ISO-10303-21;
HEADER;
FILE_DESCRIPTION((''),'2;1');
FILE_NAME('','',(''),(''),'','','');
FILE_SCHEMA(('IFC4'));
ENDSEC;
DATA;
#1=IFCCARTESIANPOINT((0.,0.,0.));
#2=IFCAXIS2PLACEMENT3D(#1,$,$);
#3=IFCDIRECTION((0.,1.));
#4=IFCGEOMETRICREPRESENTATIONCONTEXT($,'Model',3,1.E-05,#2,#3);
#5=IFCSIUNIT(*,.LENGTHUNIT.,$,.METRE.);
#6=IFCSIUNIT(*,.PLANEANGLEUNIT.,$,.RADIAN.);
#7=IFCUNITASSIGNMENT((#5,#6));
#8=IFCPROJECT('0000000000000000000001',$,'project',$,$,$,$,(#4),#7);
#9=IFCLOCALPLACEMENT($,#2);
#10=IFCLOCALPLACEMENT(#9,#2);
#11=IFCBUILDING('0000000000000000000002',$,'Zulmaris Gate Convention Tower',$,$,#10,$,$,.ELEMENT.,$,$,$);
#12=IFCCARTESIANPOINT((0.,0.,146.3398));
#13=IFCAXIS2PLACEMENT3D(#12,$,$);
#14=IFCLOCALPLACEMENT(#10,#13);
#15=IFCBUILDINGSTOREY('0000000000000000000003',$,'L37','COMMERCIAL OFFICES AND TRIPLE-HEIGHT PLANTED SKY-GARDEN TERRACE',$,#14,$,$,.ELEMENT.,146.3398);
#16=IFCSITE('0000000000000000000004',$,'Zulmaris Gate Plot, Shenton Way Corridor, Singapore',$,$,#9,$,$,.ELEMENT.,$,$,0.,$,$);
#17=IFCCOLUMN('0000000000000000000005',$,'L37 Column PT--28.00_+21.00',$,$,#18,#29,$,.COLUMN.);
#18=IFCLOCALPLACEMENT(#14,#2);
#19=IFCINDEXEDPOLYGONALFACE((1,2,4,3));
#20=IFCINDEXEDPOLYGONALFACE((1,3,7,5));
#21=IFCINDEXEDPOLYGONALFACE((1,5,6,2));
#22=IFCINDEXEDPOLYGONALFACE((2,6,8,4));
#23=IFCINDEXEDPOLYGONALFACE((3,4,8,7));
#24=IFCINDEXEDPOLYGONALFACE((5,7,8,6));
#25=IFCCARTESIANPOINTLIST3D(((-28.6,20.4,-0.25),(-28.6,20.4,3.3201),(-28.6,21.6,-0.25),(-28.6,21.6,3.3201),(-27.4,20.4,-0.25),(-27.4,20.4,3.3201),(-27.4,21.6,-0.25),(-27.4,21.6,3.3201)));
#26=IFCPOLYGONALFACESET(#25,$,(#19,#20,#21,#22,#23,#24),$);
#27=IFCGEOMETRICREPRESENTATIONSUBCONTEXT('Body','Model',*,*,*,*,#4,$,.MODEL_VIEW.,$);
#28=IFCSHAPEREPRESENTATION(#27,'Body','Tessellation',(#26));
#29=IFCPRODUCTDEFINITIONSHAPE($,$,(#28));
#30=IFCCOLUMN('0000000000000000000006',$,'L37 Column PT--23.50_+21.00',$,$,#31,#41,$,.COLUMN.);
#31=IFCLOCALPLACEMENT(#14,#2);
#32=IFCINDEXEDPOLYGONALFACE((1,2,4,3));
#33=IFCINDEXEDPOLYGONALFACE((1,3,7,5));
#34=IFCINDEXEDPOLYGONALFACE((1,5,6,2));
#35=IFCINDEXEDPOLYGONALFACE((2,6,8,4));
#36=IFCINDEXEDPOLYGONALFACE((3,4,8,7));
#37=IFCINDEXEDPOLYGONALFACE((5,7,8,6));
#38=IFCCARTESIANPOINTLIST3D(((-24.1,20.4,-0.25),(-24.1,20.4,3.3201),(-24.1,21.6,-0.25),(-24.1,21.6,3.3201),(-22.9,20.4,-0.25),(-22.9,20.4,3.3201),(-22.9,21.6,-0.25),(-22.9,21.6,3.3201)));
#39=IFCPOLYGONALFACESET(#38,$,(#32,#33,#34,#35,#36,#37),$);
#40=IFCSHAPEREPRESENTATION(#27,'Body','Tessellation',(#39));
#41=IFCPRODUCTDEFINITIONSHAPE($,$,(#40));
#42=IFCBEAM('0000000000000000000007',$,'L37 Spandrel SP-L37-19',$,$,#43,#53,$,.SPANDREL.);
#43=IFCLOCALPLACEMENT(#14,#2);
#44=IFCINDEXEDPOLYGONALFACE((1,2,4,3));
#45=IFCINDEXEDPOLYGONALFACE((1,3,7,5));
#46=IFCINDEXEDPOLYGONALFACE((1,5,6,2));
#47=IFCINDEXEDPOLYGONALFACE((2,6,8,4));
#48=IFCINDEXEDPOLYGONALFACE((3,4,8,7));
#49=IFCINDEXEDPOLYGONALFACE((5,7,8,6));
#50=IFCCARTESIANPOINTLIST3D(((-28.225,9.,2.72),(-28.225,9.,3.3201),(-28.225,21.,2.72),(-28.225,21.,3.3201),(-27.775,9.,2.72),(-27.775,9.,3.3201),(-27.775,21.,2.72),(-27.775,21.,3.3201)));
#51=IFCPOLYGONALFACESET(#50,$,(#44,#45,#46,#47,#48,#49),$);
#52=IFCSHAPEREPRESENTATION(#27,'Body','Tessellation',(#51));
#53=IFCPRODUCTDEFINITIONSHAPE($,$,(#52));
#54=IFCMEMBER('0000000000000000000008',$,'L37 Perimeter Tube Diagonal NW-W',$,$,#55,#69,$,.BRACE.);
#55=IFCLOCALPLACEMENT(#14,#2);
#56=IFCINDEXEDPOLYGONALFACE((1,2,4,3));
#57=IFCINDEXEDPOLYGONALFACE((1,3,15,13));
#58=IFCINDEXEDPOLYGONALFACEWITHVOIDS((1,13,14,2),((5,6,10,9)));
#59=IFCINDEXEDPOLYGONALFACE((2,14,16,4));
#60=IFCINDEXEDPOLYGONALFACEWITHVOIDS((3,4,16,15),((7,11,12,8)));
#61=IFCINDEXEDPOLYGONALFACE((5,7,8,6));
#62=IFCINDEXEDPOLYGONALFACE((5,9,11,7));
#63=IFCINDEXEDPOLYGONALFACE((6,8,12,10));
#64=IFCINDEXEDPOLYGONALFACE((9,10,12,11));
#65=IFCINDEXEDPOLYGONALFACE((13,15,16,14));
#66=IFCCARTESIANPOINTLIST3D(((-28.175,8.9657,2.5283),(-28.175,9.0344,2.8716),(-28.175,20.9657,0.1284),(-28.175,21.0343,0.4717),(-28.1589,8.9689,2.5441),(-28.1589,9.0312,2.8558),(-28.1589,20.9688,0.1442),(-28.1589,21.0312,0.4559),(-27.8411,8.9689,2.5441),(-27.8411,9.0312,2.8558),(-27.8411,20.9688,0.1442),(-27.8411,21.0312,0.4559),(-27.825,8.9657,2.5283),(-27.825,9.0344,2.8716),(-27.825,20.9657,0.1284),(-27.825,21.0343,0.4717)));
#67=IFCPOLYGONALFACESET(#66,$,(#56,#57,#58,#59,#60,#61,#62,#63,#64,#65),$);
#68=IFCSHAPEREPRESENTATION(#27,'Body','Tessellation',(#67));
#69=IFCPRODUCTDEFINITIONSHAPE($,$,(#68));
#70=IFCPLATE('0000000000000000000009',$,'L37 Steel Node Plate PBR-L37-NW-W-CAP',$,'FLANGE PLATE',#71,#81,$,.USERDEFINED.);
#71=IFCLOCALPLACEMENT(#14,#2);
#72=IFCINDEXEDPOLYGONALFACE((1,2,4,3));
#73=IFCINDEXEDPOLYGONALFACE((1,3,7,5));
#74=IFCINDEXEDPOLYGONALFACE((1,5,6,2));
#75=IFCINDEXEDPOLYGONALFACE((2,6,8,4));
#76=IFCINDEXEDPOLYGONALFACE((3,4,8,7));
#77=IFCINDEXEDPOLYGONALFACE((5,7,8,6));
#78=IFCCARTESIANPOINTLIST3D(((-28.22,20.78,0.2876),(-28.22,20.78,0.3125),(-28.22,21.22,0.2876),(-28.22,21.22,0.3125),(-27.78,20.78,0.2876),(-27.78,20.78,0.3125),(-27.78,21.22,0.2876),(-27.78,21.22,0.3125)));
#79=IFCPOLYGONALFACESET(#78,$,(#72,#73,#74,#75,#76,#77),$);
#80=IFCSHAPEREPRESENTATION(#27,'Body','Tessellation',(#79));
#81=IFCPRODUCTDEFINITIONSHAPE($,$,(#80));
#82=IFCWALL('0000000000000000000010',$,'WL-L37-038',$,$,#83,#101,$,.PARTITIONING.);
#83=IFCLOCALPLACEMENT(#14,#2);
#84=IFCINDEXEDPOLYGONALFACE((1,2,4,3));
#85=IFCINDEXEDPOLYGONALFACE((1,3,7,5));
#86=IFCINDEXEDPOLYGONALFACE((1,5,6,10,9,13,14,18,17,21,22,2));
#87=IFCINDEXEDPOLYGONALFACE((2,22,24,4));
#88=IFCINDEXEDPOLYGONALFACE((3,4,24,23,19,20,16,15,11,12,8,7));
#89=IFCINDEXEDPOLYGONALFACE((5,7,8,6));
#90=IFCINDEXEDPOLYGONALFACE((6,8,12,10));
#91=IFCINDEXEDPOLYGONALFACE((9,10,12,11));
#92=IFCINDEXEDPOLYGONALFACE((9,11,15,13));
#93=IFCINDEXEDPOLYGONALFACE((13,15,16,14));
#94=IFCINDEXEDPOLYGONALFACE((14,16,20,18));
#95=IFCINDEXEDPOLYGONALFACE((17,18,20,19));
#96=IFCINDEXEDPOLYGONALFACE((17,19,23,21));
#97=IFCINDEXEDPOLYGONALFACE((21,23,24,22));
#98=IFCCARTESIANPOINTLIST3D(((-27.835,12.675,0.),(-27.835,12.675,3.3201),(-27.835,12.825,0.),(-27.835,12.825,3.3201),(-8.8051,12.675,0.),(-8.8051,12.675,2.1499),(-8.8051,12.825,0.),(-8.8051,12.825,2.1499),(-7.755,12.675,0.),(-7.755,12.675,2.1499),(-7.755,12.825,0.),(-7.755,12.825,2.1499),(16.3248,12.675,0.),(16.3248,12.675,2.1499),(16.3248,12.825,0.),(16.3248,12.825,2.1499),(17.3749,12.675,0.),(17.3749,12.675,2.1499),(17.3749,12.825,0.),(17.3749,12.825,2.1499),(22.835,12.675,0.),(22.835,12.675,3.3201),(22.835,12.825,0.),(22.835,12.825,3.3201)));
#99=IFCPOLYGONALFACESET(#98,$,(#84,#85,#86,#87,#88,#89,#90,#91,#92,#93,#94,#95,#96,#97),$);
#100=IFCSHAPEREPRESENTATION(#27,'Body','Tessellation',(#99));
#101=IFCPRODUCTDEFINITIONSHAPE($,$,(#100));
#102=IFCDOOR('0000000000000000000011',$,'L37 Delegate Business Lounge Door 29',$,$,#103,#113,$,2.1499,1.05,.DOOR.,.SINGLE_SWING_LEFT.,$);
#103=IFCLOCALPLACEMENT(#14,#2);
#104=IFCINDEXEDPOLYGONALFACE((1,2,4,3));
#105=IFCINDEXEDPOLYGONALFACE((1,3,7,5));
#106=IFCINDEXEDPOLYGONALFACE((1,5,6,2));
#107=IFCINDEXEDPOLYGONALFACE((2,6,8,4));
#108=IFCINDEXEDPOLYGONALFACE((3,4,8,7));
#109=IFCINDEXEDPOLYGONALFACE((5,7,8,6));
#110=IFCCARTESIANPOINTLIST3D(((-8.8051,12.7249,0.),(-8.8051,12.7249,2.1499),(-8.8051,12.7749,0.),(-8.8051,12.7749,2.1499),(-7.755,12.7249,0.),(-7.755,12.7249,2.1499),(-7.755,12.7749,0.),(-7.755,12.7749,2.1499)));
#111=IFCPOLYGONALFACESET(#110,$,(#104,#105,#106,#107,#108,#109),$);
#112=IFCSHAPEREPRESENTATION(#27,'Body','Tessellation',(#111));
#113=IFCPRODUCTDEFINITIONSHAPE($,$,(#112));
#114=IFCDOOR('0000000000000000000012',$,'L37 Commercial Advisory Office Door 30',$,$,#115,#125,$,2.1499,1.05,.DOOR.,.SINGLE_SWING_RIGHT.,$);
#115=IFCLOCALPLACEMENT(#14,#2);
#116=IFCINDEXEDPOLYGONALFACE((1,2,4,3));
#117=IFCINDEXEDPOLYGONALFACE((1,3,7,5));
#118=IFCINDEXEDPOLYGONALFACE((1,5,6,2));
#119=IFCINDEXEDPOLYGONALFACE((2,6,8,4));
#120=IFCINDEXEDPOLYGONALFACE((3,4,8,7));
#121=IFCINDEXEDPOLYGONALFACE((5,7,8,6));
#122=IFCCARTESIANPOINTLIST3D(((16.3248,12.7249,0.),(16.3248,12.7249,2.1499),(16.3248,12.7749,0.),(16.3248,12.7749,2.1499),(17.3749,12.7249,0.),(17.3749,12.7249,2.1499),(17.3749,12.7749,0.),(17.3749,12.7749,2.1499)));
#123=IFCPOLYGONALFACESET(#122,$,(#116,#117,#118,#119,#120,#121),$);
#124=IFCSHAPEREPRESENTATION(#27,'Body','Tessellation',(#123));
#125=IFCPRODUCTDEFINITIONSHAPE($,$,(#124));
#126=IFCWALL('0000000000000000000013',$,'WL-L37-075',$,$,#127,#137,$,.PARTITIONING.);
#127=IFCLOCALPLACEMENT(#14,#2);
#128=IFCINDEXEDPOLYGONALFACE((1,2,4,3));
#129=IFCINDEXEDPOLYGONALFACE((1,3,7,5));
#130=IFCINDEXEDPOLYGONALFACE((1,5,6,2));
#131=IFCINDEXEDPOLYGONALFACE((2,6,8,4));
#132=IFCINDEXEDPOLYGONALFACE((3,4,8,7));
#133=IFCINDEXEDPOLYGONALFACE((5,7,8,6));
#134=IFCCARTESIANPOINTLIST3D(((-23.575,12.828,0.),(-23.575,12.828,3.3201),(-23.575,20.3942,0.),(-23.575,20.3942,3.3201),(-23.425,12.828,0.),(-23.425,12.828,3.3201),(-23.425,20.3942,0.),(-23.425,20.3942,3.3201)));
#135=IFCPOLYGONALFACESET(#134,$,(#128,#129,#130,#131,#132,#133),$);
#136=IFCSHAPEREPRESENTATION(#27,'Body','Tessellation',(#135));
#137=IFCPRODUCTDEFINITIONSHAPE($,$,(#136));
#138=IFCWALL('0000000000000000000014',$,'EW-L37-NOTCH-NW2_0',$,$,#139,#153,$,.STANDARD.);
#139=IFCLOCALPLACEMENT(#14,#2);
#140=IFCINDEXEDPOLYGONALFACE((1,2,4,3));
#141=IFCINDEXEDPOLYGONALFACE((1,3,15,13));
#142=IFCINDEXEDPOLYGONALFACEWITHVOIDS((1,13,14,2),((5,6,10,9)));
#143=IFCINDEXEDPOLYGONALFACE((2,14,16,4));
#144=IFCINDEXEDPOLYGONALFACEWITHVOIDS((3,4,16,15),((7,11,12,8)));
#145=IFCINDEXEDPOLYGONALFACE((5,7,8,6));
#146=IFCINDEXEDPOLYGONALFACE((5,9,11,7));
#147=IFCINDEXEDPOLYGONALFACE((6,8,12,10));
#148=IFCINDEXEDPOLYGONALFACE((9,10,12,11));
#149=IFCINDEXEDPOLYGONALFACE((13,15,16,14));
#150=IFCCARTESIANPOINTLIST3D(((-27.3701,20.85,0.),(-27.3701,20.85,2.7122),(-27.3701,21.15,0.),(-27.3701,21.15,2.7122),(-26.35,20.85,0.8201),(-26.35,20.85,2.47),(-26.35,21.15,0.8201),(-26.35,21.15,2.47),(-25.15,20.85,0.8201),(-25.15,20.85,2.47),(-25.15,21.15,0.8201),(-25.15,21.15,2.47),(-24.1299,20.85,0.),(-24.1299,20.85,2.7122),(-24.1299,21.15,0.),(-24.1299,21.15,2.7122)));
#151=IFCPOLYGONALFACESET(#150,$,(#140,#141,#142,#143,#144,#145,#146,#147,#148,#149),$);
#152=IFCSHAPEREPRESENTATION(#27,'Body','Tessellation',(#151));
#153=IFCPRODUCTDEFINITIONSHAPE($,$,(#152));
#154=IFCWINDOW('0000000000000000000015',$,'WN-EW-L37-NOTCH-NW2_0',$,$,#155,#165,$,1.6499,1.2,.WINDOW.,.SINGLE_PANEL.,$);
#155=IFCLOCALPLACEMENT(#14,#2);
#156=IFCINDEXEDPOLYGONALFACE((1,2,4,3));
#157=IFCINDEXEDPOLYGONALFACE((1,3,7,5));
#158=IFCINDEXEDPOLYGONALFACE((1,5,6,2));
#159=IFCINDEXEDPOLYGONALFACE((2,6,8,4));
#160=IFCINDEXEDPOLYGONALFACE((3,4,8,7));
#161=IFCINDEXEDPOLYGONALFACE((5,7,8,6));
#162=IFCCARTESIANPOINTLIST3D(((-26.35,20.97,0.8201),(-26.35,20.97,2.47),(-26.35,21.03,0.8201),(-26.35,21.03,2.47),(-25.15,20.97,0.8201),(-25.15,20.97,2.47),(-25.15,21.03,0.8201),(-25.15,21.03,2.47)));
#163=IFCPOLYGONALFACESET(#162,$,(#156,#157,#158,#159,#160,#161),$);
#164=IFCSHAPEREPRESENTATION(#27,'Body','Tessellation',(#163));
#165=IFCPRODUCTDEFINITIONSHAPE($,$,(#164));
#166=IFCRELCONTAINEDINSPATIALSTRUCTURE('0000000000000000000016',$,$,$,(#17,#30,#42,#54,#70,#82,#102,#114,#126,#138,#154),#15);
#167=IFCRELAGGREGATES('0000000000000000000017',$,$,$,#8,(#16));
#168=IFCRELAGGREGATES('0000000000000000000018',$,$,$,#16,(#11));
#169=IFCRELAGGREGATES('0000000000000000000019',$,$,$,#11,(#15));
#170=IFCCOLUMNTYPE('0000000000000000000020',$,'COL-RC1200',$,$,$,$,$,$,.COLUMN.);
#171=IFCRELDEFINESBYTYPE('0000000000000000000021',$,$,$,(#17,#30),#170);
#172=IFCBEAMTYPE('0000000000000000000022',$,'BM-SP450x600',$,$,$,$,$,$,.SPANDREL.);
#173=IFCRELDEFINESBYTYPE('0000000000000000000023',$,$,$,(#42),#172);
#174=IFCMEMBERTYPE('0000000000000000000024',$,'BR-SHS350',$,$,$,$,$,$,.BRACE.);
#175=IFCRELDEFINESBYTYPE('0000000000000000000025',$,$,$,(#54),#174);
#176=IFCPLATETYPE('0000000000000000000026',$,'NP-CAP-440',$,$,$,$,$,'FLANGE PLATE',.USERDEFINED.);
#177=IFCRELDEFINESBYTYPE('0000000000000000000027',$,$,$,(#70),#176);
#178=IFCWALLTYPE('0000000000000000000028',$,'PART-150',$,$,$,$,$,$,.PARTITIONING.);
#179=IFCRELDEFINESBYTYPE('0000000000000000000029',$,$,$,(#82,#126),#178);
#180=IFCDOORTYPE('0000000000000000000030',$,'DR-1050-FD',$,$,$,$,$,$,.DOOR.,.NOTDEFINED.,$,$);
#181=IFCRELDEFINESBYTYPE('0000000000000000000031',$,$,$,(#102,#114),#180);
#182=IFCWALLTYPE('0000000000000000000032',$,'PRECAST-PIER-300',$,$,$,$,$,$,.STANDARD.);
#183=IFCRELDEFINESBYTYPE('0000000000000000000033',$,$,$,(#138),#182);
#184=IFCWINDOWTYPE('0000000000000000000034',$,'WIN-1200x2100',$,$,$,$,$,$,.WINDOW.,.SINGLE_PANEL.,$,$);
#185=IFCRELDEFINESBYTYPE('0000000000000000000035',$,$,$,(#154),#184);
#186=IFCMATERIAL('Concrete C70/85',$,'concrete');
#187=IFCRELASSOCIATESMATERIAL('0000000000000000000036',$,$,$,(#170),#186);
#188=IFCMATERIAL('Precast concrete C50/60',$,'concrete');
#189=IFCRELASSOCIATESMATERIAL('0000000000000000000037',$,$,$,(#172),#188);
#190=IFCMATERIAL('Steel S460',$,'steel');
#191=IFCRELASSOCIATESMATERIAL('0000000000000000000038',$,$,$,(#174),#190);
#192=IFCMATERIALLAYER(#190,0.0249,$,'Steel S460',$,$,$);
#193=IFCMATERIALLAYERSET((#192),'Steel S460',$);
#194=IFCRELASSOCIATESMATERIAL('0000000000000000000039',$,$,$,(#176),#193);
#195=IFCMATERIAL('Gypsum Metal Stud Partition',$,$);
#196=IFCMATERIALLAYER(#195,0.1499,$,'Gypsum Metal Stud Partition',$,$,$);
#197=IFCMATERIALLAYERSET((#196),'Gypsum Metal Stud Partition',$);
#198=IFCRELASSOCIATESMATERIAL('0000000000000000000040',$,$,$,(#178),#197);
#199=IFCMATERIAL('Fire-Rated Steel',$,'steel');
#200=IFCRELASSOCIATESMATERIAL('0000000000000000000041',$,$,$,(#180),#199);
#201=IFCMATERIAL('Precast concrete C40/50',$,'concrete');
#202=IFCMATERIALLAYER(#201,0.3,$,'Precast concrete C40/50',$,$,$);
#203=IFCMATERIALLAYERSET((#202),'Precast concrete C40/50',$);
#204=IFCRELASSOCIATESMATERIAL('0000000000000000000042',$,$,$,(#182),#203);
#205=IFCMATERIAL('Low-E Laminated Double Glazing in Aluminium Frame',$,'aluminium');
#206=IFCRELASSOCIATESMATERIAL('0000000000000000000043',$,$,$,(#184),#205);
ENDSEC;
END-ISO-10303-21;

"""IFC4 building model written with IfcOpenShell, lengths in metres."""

from ifc_helpers import new_model, si_unit, direction, frame, frame_2d, origin, origin_2d, place, context, subcontext, project, spatial, rectangle, hollow_rectangle, extrude, material, layer, layer_set, material_profile, profile_set, type_object, element, fill, save


model = new_model("IFC4")

# Units and contexts
model_context = context("Model", 3, precision=1e-05, world=origin(), true_north=direction((0.0, 1.0)))
body_context = subcontext(model_context, "Body", "Model", "MODEL_VIEW")
ifc_project = project(units=[si_unit("LENGTHUNIT", "METRE"), si_unit("PLANEANGLEUNIT", "RADIAN")], contexts=[model_context])

# Site, building, storey
site_placement = place(None, origin())
site = spatial("IfcSite", under=ifc_project, at=site_placement, Name="Zulmaris Gate Plot, Shenton Way Corridor, Singapore", CompositionType="ELEMENT", RefElevation=0.0)
building_placement = place(site_placement, origin())
building = spatial("IfcBuilding", under=site, at=building_placement, Name="Zulmaris Gate Convention Tower", CompositionType="ELEMENT")
storey_placement = place(building_placement, frame((0.0, 0.0, 146.3398)))
storey = spatial("IfcBuildingStorey", under=building, at=storey_placement, Name="L37", Description="COMMERCIAL OFFICES AND TRIPLE-HEIGHT PLANTED SKY-GARDEN TERRACE", CompositionType="ELEMENT", Elevation=146.3398)

# Columns
ifc_material_1 = material(Name="Concrete C70/85", Category="concrete")
ifc_material_profile_1 = material_profile(ifc_material_1, rectangle(XDim=1.2, YDim=1.2, at=origin_2d()), Name="RC COL 1200x1200")
ifc_profile_set_1 = profile_set([ifc_material_profile_1], Name="Concrete C70/85")
column_type = type_object("IfcColumnType", Name="COL-RC1200", PredefinedType="COLUMN", material=ifc_profile_set_1)
for number, where, z_axis, x_axis, name in (
    (1, (-28.0, 21.0, -0.25), (0.0, 0.0, 1.0), (1.0, 0.0, 0.0), "L37 Column PT--28.00_+21.00"),
    (2, (-23.5, 21.0, -0.25), (0.0, 0.0, 1.0), (1.0, 0.0, 0.0), "L37 Column PT--23.50_+21.00"),
):
    element("IfcColumn", number, at=place(storey_placement, frame(where, z_axis=z_axis, x_axis=x_axis)), inside=storey, type_object=column_type, Name=name, PredefinedType="COLUMN", context=body_context, shape_type="SweptSolid", body=[
        extrude(rectangle(XDim=1.2, YDim=1.2, at=origin_2d()), origin(), (0.0, 0.0, 1.0), 3.5701),
    ])

# Beam
ifc_material_2 = material(Name="Precast concrete C50/60", Category="concrete")
ifc_material_profile_2 = material_profile(ifc_material_2, rectangle(XDim=0.45, YDim=0.6001, at=origin_2d()), Name="RC SPANDREL 450x600")
ifc_profile_set_2 = profile_set([ifc_material_profile_2], Name="Precast concrete C50/60")
beam_type = type_object("IfcBeamType", Name="BM-SP450x600", PredefinedType="SPANDREL", material=ifc_profile_set_2)
beam_placement = place(storey_placement, frame((-28.0, 21.0, 3.02), z_axis=(0.0, -1.0, 0.0), x_axis=(1.0, 0.0, 0.0)))
element("IfcBeam", 3, at=beam_placement, inside=storey, type_object=beam_type, Name="L37 Spandrel SP-L37-19", PredefinedType="SPANDREL", context=body_context, shape_type="SweptSolid", body=[
    extrude(rectangle(XDim=0.45, YDim=0.6001, at=origin_2d()), origin(), (0.0, 0.0, 1.0), 12.0),
])

# Member
ifc_material_3 = material(Name="Steel S460", Category="steel")
ifc_material_profile_3 = material_profile(ifc_material_3, hollow_rectangle(XDim=0.3501, YDim=0.3501, WallThickness=0.0161, at=origin_2d()), Name="SHS 350x350x16")
ifc_profile_set_3 = profile_set([ifc_material_profile_3], Name="Steel S460")
member_type = type_object("IfcMemberType", Name="BR-SHS350", PredefinedType="BRACE", material=ifc_profile_set_3)
member_placement = place(storey_placement, frame((-28.0, 21.0, 0.3), z_axis=(0.0, -0.980582, 0.196108), x_axis=(1.0, 0.0, 0.0)))
element("IfcMember", 4, at=member_placement, inside=storey, type_object=member_type, Name="L37 Perimeter Tube Diagonal NW-W", PredefinedType="BRACE", context=body_context, shape_type="SweptSolid", body=[
    extrude(hollow_rectangle(XDim=0.3501, YDim=0.3501, WallThickness=0.0161, at=origin_2d()), origin(), (0.0, 0.0, 1.0), 12.2375),
])

# Plate
ifc_layer_1 = layer(ifc_material_3, 0.0249, Name="Steel S460")
ifc_layer_set_1 = layer_set([ifc_layer_1], Name="Steel S460")
plate_type = type_object("IfcPlateType", Name="NP-CAP-440", ElementType="FLANGE PLATE", PredefinedType="USERDEFINED", material=ifc_layer_set_1)
plate_placement = place(storey_placement, frame((-28.0, 21.0, 0.2876), z_axis=(0.0, 0.0, 1.0), x_axis=(1.0, 0.0, 0.0)))
element("IfcPlate", 5, at=plate_placement, inside=storey, type_object=plate_type, Name="L37 Steel Node Plate PBR-L37-NW-W-CAP", ObjectType="FLANGE PLATE", PredefinedType="USERDEFINED", context=body_context, shape_type="SweptSolid", body=[
    extrude(rectangle(XDim=0.4399, YDim=0.4399, at=origin_2d()), origin(), (0.0, 0.0, 1.0), 0.0249),
])

# Wall, openings, doors
ifc_material_4 = material(Name="Gypsum Metal Stud Partition")
ifc_layer_2 = layer(ifc_material_4, 0.1499, Name="Gypsum Metal Stud Partition")
ifc_layer_set_2 = layer_set([ifc_layer_2], Name="Gypsum Metal Stud Partition")
wall_type_1 = type_object("IfcWallType", Name="PART-150", PredefinedType="PARTITIONING", material=ifc_layer_set_2)
wall_1_placement = place(storey_placement, frame((-27.835, 12.75, 0.0), z_axis=(0.0, 0.0, 1.0), x_axis=(1.0, 0.0, 0.0)))
wall_1 = element("IfcWall", 6, at=wall_1_placement, inside=storey, type_object=wall_type_1, Name="WL-L37-038", PredefinedType="PARTITIONING", context=body_context, shape_type="SweptSolid", body=[
    extrude(rectangle(XDim=50.6699, YDim=0.1499, at=frame_2d((25.335, 0.0))), origin(), (0.0, 0.0, 1.0), 3.3201),
])
opening_1_placement = place(wall_1_placement, frame((19.03, 0.0, 0.0)))
opening_1 = element("IfcOpeningElement", 7, at=opening_1_placement, cuts=wall_1, PredefinedType="OPENING", context=body_context, shape_type="SweptSolid", body=[
    extrude(rectangle(XDim=1.05, YDim=2.1499, at=frame_2d((0.5249, 1.075))), frame((0.0, 0.085, 0.0), z_axis=(0.0, -1.0, 0.0), x_axis=(1.0, 0.0, 0.0)), (0.0, 0.0, 1.0), 0.1699),
])
opening_2_placement = place(wall_1_placement, frame((44.1599, 0.0, 0.0)))
opening_2 = element("IfcOpeningElement", 8, at=opening_2_placement, cuts=wall_1, PredefinedType="OPENING", context=body_context, shape_type="SweptSolid", body=[
    extrude(rectangle(XDim=1.05, YDim=2.1499, at=frame_2d((0.5249, 1.075))), frame((0.0, 0.085, 0.0), z_axis=(0.0, -1.0, 0.0), x_axis=(1.0, 0.0, 0.0)), (0.0, 0.0, 1.0), 0.1699),
])
ifc_material_5 = material(Name="Fire-Rated Steel", Category="steel")
door_type = type_object("IfcDoorType", Name="DR-1050-FD", OperationType="NOTDEFINED", PredefinedType="DOOR", material=ifc_material_5)
door_1_placement = place(opening_1_placement, origin())
door_1 = element("IfcDoor", 9, at=door_1_placement, inside=storey, type_object=door_type, Name="L37 Delegate Business Lounge Door 29", OperationType="SINGLE_SWING_LEFT", OverallHeight=2.1499, OverallWidth=1.05, PredefinedType="DOOR", context=body_context, shape_type="SweptSolid", body=[
    extrude(rectangle(XDim=1.05, YDim=2.1499, at=frame_2d((0.5249, 1.075))), frame((0.0, 0.0249, 0.0), z_axis=(0.0, -1.0, 0.0), x_axis=(1.0, 0.0, 0.0)), (0.0, 0.0, 1.0), 0.05),
])
fill(opening_1, door_1)
door_2_placement = place(opening_2_placement, origin())
door_2 = element("IfcDoor", 10, at=door_2_placement, inside=storey, type_object=door_type, Name="L37 Commercial Advisory Office Door 30", OperationType="SINGLE_SWING_RIGHT", OverallHeight=2.1499, OverallWidth=1.05, PredefinedType="DOOR", context=body_context, shape_type="SweptSolid", body=[
    extrude(rectangle(XDim=1.05, YDim=2.1499, at=frame_2d((0.5249, 1.075))), frame((0.0, 0.0249, 0.0), z_axis=(0.0, -1.0, 0.0), x_axis=(1.0, 0.0, 0.0)), (0.0, 0.0, 1.0), 0.05),
])
fill(opening_2, door_2)

# Wall
wall_2_placement = place(storey_placement, frame((-23.5, 12.8279, 0.0), z_axis=(0.0, 0.0, 1.0), x_axis=(0.0, 1.0, 0.0)))
element("IfcWall", 11, at=wall_2_placement, inside=storey, type_object=wall_type_1, Name="WL-L37-075", PredefinedType="PARTITIONING", context=body_context, shape_type="SweptSolid", body=[
    extrude(rectangle(XDim=7.5662, YDim=0.1499, at=frame_2d((3.7832, 0.0))), origin(), (0.0, 0.0, 1.0), 3.3201),
])

# Wall, opening, window
ifc_material_6 = material(Name="Precast concrete C40/50", Category="concrete")
ifc_layer_3 = layer(ifc_material_6, 0.3, Name="Precast concrete C40/50")
ifc_layer_set_3 = layer_set([ifc_layer_3], Name="Precast concrete C40/50")
wall_type_2 = type_object("IfcWallType", Name="PRECAST-PIER-300", PredefinedType="STANDARD", material=ifc_layer_set_3)
wall_3_placement = place(storey_placement, frame((-24.1299, 21.0, 0.0), z_axis=(0.0, 0.0, 1.0), x_axis=(-1.0, 0.0, 0.0)))
wall_3 = element("IfcWall", 12, at=wall_3_placement, inside=storey, type_object=wall_type_2, Name="EW-L37-NOTCH-NW2_0", PredefinedType="STANDARD", context=body_context, shape_type="SweptSolid", body=[
    extrude(rectangle(XDim=3.2402, YDim=0.3, at=frame_2d((1.6201, 0.0))), origin(), (0.0, 0.0, 1.0), 2.7122),
])
opening_3_placement = place(wall_3_placement, frame((1.02, 0.0, 0.8201)))
opening_3 = element("IfcOpeningElement", 13, at=opening_3_placement, cuts=wall_3, PredefinedType="OPENING", context=body_context, shape_type="SweptSolid", body=[
    extrude(rectangle(XDim=1.2, YDim=1.6499, at=frame_2d((0.6001, 0.825))), frame((0.0, 0.1602, 0.0), z_axis=(0.0, -1.0, 0.0), x_axis=(1.0, 0.0, 0.0)), (0.0, 0.0, 1.0), 0.3201),
])
ifc_material_7 = material(Name="Low-E Laminated Double Glazing in Aluminium Frame", Category="aluminium")
window_type = type_object("IfcWindowType", Name="WIN-1200x2100", PartitioningType="SINGLE_PANEL", PredefinedType="WINDOW", material=ifc_material_7)
window_placement = place(opening_3_placement, origin())
window = element("IfcWindow", 14, at=window_placement, inside=storey, type_object=window_type, Name="WN-EW-L37-NOTCH-NW2_0", OverallHeight=1.6499, OverallWidth=1.2, PartitioningType="SINGLE_PANEL", PredefinedType="WINDOW", context=body_context, shape_type="SweptSolid", body=[
    extrude(rectangle(XDim=1.2, YDim=1.6499, at=frame_2d((0.6001, 0.825))), frame((0.0, 0.03, 0.0), z_axis=(0.0, -1.0, 0.0), x_axis=(1.0, 0.0, 0.0)), (0.0, 0.0, 1.0), 0.0601),
])
fill(opening_3, window)

save(model, "model.ifc")
